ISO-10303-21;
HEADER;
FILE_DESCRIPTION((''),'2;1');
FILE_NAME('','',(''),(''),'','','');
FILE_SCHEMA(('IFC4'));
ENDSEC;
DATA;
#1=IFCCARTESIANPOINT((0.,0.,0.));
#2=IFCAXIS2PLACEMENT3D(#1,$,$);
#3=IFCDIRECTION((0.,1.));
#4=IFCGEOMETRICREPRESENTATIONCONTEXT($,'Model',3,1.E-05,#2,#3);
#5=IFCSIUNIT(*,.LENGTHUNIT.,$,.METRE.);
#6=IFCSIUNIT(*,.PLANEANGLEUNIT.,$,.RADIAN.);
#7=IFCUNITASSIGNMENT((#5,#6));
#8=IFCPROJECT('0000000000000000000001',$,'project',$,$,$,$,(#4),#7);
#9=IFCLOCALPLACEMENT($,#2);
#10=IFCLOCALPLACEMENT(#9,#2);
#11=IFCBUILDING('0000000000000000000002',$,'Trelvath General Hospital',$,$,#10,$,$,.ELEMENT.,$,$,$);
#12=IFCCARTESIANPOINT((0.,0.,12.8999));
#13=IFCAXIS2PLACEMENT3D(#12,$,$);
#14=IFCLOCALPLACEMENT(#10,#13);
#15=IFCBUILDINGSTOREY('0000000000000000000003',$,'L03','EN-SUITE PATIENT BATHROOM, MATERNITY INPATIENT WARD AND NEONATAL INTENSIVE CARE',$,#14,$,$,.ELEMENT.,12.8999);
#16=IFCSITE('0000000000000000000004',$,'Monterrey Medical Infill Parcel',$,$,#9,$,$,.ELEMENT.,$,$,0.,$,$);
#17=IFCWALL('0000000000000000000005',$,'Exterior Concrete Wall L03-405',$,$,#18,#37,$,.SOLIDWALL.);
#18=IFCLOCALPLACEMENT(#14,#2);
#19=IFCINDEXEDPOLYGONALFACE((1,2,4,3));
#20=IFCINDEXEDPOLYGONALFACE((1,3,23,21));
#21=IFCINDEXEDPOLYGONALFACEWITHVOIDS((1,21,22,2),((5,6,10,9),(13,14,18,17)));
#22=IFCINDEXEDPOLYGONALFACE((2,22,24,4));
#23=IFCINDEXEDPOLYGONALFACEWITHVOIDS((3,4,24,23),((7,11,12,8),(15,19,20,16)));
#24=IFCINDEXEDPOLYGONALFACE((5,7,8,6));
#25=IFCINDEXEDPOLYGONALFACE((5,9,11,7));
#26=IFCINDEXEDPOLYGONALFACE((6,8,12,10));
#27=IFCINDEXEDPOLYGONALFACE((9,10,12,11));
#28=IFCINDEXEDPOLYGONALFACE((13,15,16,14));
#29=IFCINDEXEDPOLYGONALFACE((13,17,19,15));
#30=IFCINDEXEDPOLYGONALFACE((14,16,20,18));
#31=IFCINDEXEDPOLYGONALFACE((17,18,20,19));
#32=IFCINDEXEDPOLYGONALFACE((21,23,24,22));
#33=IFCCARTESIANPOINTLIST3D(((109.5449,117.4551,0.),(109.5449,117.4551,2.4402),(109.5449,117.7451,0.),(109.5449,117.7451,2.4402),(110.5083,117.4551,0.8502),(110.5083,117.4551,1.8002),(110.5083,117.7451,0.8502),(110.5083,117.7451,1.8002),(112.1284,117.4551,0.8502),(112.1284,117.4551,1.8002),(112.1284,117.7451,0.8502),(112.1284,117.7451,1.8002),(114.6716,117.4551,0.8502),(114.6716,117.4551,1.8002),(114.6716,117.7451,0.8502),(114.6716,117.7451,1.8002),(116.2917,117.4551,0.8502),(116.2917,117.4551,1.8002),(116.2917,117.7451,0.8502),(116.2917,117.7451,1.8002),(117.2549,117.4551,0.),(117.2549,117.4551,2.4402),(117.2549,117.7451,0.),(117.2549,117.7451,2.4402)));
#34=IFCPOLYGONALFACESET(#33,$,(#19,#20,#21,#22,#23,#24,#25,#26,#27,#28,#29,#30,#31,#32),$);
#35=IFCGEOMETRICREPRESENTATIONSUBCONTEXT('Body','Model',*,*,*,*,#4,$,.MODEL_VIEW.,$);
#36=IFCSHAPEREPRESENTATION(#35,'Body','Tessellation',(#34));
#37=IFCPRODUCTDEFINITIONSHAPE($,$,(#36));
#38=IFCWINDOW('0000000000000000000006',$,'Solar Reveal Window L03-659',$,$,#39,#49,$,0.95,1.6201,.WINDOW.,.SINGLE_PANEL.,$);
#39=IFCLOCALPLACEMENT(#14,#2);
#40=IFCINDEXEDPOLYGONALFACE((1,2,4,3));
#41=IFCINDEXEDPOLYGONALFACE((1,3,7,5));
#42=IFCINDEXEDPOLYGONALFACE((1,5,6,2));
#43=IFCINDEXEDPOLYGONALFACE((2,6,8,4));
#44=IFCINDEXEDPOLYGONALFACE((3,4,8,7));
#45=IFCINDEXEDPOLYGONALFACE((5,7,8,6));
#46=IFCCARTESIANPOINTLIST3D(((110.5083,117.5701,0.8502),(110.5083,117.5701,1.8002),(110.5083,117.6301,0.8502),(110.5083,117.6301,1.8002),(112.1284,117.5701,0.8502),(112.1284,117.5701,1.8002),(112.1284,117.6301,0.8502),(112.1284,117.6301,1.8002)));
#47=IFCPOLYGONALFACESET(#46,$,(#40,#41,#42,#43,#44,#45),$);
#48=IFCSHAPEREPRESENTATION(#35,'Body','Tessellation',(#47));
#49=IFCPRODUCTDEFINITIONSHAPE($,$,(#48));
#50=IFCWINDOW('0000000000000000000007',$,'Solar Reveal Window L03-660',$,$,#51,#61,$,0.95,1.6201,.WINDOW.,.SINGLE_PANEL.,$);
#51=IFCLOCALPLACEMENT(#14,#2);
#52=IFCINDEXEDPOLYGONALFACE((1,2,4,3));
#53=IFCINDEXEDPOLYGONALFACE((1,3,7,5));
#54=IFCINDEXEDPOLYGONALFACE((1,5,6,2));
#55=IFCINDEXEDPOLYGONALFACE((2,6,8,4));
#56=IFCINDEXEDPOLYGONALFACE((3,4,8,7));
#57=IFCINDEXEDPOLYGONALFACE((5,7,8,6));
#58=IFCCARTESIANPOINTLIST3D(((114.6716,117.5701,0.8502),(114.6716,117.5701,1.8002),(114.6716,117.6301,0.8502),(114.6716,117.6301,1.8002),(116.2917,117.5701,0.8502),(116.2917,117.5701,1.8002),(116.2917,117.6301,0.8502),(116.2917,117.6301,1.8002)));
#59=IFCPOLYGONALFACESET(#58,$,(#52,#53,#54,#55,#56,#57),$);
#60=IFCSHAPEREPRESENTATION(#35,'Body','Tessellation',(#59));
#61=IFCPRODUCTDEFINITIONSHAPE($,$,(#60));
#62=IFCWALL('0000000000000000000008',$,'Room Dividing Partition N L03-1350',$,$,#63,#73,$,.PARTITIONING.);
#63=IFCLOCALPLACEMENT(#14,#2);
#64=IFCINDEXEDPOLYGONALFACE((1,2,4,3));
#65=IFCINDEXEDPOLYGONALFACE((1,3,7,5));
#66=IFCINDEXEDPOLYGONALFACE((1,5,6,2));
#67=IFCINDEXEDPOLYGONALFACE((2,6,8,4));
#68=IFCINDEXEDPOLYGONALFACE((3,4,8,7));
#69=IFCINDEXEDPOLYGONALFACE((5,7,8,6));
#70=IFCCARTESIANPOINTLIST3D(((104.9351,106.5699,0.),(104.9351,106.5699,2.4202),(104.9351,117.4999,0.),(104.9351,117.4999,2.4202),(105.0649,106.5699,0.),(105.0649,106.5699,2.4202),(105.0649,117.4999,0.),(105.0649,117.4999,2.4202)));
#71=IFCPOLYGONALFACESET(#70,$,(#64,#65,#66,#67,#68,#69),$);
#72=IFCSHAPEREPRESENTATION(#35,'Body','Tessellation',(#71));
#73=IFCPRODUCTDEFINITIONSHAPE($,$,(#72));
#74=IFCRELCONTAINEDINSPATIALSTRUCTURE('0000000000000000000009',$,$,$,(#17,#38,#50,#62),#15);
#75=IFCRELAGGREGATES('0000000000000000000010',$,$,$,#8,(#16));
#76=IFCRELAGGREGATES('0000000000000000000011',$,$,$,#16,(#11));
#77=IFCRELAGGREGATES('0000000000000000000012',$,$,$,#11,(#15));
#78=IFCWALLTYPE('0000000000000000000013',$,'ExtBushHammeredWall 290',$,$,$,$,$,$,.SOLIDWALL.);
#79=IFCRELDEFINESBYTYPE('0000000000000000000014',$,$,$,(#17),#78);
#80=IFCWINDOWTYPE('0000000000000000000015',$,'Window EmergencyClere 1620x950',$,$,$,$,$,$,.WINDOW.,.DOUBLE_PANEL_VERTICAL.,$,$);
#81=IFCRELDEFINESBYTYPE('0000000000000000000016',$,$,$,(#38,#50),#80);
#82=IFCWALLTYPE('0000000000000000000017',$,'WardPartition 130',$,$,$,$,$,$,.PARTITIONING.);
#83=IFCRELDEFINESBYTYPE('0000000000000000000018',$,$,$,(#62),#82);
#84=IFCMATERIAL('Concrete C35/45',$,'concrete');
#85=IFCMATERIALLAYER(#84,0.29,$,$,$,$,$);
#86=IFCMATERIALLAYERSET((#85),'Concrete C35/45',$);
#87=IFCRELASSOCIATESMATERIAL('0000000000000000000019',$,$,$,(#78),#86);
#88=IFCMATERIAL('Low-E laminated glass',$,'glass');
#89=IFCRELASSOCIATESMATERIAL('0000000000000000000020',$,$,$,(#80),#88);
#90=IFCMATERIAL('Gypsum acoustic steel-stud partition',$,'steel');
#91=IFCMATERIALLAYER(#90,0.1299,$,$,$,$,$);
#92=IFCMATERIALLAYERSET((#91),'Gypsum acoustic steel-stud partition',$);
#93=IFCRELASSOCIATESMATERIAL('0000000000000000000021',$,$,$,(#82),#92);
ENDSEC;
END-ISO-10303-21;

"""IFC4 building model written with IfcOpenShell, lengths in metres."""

from ifc_helpers import new_model, si_unit, direction, frame, frame_2d, origin, place, context, subcontext, project, spatial, rectangle, extrude, material, layer, layer_set, type_object, element, fill, save


model = new_model("IFC4")

# Units and contexts
model_context = context("Model", 3, precision=1e-05, world=origin(), true_north=direction((0.0, 1.0)))
body_context = subcontext(model_context, "Body", "Model", "MODEL_VIEW")
ifc_project = project(units=[si_unit("LENGTHUNIT", "METRE"), si_unit("PLANEANGLEUNIT", "RADIAN")], contexts=[model_context])

# Site, building, storey
site_placement = place(None, origin())
site = spatial("IfcSite", under=ifc_project, at=site_placement, Name="Monterrey Medical Infill Parcel", CompositionType="ELEMENT", RefElevation=0.0)
building_placement = place(site_placement, origin())
building = spatial("IfcBuilding", under=site, at=building_placement, Name="Trelvath General Hospital", CompositionType="ELEMENT")
storey_placement = place(building_placement, frame((0.0, 0.0, 12.8999)))
storey = spatial("IfcBuildingStorey", under=building, at=storey_placement, Name="L03", Description="EN-SUITE PATIENT BATHROOM, MATERNITY INPATIENT WARD AND NEONATAL INTENSIVE CARE", CompositionType="ELEMENT", Elevation=12.8999)

# Wall, openings, windows
ifc_material_1 = material(Name="Concrete C35/45", Category="concrete")
ifc_layer_1 = layer(ifc_material_1, 0.29)
ifc_layer_set_1 = layer_set([ifc_layer_1], Name="Concrete C35/45")
wall_type_1 = type_object("IfcWallType", Name="ExtBushHammeredWall 290", PredefinedType="SOLIDWALL", material=ifc_layer_set_1)
wall_1_placement = place(storey_placement, frame((109.5449, 117.6001, 0.0), z_axis=(0.0, 0.0, 1.0), x_axis=(1.0, 0.0, 0.0)))
wall_1 = element("IfcWall", 1, at=wall_1_placement, inside=storey, type_object=wall_type_1, Name="Exterior Concrete Wall L03-405", PredefinedType="SOLIDWALL", context=body_context, shape_type="SweptSolid", body=[
    extrude(rectangle(XDim=7.71, YDim=0.29, at=frame_2d((3.855, 0.0))), origin(), (0.0, 0.0, 1.0), 2.4402),
])
opening_1_placement = place(wall_1_placement, frame((0.9634, 0.0, 0.8501)))
opening_1 = element("IfcOpeningElement", 2, at=opening_1_placement, cuts=wall_1, PredefinedType="OPENING", context=body_context, shape_type="SweptSolid", body=[
    extrude(rectangle(XDim=1.6201, YDim=0.95, at=frame_2d((0.8101, 0.4751))), frame((0.0, 0.155, 0.0), z_axis=(0.0, -1.0, 0.0), x_axis=(1.0, 0.0, 0.0)), (0.0, 0.0, 1.0), 0.3101),
])
opening_2_placement = place(wall_1_placement, frame((5.1267, 0.0, 0.8501)))
opening_2 = element("IfcOpeningElement", 3, at=opening_2_placement, cuts=wall_1, PredefinedType="OPENING", context=body_context, shape_type="SweptSolid", body=[
    extrude(rectangle(XDim=1.6201, YDim=0.95, at=frame_2d((0.8101, 0.4751))), frame((0.0, 0.155, 0.0), z_axis=(0.0, -1.0, 0.0), x_axis=(1.0, 0.0, 0.0)), (0.0, 0.0, 1.0), 0.3101),
])
ifc_material_2 = material(Name="Low-E laminated glass", Category="glass")
window_type_1 = type_object("IfcWindowType", Name="Window EmergencyClere 1620x950", PartitioningType="DOUBLE_PANEL_VERTICAL", PredefinedType="WINDOW", material=ifc_material_2)
window_1_placement = place(opening_1_placement, origin())
window_1 = element("IfcWindow", 4, at=window_1_placement, inside=storey, type_object=window_type_1, Name="Solar Reveal Window L03-659", OverallHeight=0.95, OverallWidth=1.6201, PartitioningType="SINGLE_PANEL", PredefinedType="WINDOW", context=body_context, shape_type="SweptSolid", body=[
    extrude(rectangle(XDim=1.6201, YDim=0.95, at=frame_2d((0.8101, 0.4751))), frame((0.0, 0.03, 0.0), z_axis=(0.0, -1.0, 0.0), x_axis=(1.0, 0.0, 0.0)), (0.0, 0.0, 1.0), 0.0601),
])
fill(opening_1, window_1)
window_2_placement = place(opening_2_placement, origin())
window_2 = element("IfcWindow", 5, at=window_2_placement, inside=storey, type_object=window_type_1, Name="Solar Reveal Window L03-660", OverallHeight=0.95, OverallWidth=1.6201, PartitioningType="SINGLE_PANEL", PredefinedType="WINDOW", context=body_context, shape_type="SweptSolid", body=[
    extrude(rectangle(XDim=1.6201, YDim=0.95, at=frame_2d((0.8101, 0.4751))), frame((0.0, 0.03, 0.0), z_axis=(0.0, -1.0, 0.0), x_axis=(1.0, 0.0, 0.0)), (0.0, 0.0, 1.0), 0.0601),
])
fill(opening_2, window_2)

# Wall
ifc_material_3 = material(Name="Gypsum acoustic steel-stud partition", Category="steel")
ifc_layer_2 = layer(ifc_material_3, 0.1299)
ifc_layer_set_2 = layer_set([ifc_layer_2], Name="Gypsum acoustic steel-stud partition")
wall_type_2 = type_object("IfcWallType", Name="WardPartition 130", PredefinedType="PARTITIONING", material=ifc_layer_set_2)
wall_2_placement = place(storey_placement, frame((105.0, 106.5701, 0.0), z_axis=(0.0, 0.0, 1.0), x_axis=(0.0, 1.0, 0.0)))
element("IfcWall", 6, at=wall_2_placement, inside=storey, type_object=wall_type_2, Name="Room Dividing Partition N L03-1350", PredefinedType="PARTITIONING", context=body_context, shape_type="SweptSolid", body=[
    extrude(rectangle(XDim=10.9299, YDim=0.1299, at=frame_2d((5.4648, 0.0))), origin(), (0.0, 0.0, 1.0), 2.4202),
])

save(model, "model.ifc")
